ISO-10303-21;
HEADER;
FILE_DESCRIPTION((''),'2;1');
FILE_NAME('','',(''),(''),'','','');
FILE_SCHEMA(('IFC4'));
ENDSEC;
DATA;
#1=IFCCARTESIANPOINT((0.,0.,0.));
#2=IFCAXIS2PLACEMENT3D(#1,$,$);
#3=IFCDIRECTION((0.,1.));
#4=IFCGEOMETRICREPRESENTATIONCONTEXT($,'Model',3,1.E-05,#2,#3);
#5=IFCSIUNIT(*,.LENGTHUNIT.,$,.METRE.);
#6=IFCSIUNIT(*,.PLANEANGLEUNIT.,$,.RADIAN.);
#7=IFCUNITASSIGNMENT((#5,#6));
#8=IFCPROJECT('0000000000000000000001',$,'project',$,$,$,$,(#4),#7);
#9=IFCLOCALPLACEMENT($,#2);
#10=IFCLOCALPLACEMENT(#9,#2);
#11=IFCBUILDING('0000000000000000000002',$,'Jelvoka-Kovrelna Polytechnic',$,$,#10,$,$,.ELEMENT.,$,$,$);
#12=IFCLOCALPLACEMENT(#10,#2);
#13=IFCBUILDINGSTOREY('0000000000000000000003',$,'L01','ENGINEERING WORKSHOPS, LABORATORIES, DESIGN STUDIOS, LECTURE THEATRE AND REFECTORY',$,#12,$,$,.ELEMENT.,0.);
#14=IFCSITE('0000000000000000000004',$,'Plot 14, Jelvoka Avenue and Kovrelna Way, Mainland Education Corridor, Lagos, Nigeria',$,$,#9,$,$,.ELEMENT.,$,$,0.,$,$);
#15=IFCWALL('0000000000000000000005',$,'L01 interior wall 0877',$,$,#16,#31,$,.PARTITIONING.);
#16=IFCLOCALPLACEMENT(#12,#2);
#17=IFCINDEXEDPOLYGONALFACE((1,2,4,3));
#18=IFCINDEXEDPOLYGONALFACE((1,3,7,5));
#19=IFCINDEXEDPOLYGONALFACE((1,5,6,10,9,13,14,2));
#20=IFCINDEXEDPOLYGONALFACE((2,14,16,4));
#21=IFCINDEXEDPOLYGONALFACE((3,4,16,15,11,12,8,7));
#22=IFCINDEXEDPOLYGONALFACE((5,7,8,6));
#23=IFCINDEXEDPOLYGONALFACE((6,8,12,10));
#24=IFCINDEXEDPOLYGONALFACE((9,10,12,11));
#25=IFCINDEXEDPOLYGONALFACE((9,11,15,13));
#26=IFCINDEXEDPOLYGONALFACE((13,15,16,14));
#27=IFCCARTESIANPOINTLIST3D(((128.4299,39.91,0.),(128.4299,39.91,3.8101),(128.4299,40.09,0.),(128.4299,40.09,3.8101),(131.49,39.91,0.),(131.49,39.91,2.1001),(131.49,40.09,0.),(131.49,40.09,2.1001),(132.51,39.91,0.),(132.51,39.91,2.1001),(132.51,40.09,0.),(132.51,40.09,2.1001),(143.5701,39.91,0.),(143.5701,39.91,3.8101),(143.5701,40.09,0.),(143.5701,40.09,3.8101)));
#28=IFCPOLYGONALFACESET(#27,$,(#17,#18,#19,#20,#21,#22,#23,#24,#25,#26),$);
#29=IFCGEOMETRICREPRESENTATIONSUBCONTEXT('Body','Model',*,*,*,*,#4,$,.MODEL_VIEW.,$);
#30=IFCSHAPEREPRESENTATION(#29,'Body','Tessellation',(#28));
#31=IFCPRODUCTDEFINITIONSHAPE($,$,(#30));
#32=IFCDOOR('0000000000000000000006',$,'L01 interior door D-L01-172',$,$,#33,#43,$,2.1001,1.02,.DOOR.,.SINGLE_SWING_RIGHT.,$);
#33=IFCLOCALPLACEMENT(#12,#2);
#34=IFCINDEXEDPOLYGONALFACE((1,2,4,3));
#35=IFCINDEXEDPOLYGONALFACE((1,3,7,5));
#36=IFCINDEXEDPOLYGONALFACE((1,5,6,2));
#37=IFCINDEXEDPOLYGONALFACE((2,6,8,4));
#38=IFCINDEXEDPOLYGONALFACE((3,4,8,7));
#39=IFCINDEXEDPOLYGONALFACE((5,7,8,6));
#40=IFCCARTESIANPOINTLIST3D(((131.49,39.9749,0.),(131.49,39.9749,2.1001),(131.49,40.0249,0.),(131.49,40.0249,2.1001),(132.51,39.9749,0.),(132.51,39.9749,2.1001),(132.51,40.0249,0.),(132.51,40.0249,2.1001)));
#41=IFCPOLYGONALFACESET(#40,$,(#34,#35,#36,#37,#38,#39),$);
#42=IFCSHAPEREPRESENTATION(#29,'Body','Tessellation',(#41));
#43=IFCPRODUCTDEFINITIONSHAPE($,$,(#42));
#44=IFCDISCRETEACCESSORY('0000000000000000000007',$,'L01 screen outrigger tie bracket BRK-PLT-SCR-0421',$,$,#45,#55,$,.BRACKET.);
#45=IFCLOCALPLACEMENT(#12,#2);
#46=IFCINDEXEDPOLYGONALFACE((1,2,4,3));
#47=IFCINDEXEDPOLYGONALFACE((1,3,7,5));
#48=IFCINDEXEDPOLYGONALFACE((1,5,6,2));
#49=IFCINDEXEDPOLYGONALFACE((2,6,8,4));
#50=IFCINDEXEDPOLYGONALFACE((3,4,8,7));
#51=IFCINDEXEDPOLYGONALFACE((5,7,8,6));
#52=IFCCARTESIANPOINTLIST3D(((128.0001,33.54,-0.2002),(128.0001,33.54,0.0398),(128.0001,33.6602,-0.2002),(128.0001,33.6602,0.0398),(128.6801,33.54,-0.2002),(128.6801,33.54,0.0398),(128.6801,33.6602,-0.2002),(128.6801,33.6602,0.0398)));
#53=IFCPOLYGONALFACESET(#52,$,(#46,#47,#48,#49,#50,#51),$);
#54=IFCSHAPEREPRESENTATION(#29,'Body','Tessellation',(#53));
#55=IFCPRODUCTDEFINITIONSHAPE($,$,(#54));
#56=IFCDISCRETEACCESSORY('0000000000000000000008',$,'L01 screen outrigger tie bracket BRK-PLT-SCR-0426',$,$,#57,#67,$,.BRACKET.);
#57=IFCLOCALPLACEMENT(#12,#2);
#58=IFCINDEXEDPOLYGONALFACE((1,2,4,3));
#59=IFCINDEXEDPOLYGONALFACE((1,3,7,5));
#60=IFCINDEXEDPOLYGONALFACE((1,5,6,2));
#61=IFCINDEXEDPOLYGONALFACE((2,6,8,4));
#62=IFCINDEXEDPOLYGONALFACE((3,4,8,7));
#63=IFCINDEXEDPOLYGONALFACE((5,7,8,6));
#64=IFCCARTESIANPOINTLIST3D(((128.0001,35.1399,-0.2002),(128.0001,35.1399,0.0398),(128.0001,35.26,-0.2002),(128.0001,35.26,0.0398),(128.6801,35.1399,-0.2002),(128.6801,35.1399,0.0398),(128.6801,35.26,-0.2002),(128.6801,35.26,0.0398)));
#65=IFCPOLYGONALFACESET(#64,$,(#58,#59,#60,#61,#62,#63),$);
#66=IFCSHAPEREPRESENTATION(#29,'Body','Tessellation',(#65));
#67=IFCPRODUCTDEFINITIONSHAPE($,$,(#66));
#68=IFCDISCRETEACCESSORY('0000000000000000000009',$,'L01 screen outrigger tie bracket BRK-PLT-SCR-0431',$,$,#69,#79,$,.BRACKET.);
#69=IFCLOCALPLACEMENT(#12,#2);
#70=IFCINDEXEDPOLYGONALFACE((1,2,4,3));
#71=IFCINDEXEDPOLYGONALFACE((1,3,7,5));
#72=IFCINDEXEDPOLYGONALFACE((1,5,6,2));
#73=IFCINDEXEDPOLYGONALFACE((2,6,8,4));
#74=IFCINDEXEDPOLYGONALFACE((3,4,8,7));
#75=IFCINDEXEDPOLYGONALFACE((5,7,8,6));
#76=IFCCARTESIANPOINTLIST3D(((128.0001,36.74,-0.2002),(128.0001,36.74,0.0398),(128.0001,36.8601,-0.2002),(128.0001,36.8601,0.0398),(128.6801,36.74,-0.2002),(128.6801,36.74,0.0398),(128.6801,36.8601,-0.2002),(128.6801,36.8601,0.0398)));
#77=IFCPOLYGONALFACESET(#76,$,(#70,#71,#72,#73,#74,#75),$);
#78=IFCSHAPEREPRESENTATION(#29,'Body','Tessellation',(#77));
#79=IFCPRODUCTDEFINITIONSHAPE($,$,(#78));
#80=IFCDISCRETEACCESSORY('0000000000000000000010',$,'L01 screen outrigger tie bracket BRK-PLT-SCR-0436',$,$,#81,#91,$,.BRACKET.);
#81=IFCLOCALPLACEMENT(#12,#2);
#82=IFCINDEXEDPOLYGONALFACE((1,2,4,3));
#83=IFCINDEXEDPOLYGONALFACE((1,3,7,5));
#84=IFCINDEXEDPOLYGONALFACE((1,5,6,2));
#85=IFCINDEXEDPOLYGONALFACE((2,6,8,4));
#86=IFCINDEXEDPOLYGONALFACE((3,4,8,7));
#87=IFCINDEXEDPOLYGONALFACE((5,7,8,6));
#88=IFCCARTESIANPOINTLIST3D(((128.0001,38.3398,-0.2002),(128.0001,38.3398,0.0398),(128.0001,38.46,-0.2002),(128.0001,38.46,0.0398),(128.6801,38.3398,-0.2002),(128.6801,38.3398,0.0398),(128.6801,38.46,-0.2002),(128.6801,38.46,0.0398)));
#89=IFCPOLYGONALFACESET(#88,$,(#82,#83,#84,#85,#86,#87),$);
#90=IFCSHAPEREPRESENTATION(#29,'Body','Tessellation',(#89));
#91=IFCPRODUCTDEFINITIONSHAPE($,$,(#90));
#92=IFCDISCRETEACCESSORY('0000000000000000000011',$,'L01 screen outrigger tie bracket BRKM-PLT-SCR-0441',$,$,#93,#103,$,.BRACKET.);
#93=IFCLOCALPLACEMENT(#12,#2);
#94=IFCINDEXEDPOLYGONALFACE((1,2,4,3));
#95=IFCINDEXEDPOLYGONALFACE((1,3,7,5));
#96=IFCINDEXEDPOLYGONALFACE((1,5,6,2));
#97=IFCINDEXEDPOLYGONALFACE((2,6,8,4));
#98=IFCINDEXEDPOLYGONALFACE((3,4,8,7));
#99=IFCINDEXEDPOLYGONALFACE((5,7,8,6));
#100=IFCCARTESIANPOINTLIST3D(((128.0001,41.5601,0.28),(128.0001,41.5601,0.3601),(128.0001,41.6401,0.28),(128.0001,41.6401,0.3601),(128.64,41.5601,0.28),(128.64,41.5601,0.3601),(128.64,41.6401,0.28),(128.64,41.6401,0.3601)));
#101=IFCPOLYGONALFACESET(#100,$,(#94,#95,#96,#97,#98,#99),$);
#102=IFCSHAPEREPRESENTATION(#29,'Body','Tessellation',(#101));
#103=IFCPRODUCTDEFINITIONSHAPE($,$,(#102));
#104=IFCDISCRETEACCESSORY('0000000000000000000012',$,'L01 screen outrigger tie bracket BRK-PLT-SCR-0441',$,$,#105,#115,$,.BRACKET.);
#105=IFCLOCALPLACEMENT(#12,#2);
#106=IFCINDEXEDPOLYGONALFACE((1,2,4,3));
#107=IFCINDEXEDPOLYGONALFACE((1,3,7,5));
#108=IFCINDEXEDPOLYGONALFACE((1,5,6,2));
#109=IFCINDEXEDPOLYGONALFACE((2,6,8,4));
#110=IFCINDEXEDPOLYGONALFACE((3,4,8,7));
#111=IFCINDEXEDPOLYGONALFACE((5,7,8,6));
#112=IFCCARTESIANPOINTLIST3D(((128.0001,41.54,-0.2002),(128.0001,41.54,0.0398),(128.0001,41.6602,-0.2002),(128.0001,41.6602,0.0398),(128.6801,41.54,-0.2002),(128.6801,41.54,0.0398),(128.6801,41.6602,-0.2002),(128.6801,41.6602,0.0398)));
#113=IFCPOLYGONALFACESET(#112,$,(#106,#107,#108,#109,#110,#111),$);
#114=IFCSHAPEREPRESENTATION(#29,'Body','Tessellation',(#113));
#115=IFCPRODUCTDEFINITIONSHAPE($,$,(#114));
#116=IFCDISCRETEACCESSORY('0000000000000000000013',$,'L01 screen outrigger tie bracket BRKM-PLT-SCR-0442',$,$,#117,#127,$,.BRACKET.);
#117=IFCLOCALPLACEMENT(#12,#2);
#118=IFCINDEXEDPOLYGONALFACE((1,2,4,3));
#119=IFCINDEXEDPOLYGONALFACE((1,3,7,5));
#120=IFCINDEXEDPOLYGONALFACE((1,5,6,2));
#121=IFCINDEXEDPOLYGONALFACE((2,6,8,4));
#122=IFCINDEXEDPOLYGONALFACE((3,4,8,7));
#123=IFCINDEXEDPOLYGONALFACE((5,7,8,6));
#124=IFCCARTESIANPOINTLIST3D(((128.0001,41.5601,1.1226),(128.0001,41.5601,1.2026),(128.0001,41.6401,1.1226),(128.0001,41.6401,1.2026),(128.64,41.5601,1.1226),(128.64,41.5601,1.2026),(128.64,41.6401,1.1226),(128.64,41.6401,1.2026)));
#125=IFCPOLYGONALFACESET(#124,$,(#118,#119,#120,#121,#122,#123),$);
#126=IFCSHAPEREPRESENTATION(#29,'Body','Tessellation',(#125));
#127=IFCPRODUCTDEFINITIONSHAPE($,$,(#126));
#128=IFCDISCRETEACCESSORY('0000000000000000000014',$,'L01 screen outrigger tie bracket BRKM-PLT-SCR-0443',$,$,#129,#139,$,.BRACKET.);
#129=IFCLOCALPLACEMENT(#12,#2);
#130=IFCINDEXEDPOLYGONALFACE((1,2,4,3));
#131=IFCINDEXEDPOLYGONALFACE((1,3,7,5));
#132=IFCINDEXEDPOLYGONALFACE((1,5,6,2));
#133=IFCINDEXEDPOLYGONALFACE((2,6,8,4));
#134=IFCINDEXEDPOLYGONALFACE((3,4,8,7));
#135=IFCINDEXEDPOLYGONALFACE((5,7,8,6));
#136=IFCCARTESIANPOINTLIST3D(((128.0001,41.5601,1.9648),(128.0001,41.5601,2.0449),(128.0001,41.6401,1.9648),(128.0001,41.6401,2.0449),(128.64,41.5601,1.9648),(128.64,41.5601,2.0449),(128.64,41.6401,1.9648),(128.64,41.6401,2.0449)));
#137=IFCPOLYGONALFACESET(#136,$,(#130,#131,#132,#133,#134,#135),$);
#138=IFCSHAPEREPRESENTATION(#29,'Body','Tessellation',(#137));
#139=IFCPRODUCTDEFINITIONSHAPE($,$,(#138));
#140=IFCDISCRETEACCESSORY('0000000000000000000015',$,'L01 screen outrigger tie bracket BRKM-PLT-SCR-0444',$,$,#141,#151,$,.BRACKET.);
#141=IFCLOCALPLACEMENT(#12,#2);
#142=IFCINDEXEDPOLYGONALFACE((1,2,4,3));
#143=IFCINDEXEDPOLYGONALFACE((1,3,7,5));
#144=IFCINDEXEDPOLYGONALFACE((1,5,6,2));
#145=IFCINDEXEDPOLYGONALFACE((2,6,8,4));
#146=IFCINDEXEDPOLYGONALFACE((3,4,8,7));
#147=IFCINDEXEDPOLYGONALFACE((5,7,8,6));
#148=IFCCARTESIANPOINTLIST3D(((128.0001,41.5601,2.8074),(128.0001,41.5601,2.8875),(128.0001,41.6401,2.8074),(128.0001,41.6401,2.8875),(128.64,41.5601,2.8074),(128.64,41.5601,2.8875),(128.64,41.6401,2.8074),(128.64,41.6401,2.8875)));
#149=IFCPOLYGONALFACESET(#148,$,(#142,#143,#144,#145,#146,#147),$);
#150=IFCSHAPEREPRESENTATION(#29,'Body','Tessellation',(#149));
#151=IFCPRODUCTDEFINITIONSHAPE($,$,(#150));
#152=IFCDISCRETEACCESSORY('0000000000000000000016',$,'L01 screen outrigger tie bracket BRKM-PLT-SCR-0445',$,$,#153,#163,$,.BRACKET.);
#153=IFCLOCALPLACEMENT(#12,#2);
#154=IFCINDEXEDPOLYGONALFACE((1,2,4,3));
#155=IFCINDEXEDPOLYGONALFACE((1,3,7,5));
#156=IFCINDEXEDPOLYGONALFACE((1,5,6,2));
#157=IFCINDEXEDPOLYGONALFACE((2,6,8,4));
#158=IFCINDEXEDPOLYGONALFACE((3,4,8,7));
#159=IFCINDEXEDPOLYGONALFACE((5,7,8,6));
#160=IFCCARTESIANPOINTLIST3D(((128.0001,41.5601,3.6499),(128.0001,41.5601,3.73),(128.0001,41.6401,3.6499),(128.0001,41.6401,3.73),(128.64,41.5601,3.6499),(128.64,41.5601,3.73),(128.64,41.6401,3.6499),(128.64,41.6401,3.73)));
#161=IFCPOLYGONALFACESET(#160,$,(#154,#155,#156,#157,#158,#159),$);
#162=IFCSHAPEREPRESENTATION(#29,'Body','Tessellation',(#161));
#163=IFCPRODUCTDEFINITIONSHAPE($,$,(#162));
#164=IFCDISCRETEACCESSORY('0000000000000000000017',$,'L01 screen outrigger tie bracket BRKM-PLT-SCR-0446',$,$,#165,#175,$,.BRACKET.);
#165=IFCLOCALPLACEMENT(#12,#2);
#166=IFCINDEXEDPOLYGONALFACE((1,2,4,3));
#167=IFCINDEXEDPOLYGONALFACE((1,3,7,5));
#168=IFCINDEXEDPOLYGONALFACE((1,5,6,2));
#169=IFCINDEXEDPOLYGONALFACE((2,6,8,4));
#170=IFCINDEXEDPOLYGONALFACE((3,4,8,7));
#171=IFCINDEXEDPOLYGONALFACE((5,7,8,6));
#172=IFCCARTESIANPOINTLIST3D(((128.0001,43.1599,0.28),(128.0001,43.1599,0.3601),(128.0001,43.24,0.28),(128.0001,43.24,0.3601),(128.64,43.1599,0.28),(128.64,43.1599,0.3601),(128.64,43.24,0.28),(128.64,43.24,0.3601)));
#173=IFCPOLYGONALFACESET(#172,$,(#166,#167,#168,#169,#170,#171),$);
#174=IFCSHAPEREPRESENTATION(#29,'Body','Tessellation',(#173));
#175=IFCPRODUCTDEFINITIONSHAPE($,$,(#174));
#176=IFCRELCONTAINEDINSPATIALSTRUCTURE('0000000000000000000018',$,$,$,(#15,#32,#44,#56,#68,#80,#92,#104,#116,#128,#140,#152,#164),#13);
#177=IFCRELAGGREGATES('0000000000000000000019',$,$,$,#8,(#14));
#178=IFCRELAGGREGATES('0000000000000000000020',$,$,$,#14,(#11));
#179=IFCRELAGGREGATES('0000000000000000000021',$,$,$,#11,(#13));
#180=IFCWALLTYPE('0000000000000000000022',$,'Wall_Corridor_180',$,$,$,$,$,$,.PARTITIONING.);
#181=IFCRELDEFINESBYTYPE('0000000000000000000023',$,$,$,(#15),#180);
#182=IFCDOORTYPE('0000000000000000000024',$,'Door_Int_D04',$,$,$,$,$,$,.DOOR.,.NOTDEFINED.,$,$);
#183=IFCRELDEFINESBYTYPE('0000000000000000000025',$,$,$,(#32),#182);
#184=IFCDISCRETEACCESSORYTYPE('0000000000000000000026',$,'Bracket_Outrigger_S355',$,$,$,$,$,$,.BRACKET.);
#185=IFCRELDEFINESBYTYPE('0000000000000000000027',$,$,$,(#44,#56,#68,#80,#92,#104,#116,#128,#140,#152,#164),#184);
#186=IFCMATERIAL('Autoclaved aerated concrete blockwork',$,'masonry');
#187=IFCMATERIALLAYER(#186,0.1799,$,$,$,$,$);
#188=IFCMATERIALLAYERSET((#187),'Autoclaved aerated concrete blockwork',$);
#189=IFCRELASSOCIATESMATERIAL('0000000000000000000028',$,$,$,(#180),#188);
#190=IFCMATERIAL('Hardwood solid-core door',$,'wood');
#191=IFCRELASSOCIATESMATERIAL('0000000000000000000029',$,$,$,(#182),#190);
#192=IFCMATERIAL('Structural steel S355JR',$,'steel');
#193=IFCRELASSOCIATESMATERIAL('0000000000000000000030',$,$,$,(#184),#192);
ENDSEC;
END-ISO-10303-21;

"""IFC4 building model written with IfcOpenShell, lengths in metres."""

from ifc_helpers import new_model, si_unit, direction, frame, frame_2d, origin, origin_2d, place, context, subcontext, project, spatial, rectangle, extrude, material, layer, layer_set, type_object, element, fill, save


model = new_model("IFC4")

# Units and contexts
model_context = context("Model", 3, precision=1e-05, world=origin(), true_north=direction((0.0, 1.0)))
body_context = subcontext(model_context, "Body", "Model", "MODEL_VIEW")
ifc_project = project(units=[si_unit("LENGTHUNIT", "METRE"), si_unit("PLANEANGLEUNIT", "RADIAN")], contexts=[model_context])

# Site, building, storey
site_placement = place(None, origin())
site = spatial("IfcSite", under=ifc_project, at=site_placement, Name="Plot 14, Jelvoka Avenue and Kovrelna Way, Mainland Education Corridor, Lagos, Nigeria", CompositionType="ELEMENT", RefElevation=0.0)
building_placement = place(site_placement, origin())
building = spatial("IfcBuilding", under=site, at=building_placement, Name="Jelvoka-Kovrelna Polytechnic", CompositionType="ELEMENT")
storey_placement = place(building_placement, origin())
storey = spatial("IfcBuildingStorey", under=building, at=storey_placement, Name="L01", Description="ENGINEERING WORKSHOPS, LABORATORIES, DESIGN STUDIOS, LECTURE THEATRE AND REFECTORY", CompositionType="ELEMENT", Elevation=0.0)

# Wall, opening, door
ifc_material_1 = material(Name="Autoclaved aerated concrete blockwork", Category="masonry")
ifc_layer_1 = layer(ifc_material_1, 0.1799)
ifc_layer_set_1 = layer_set([ifc_layer_1], Name="Autoclaved aerated concrete blockwork")
wall_type = type_object("IfcWallType", Name="Wall_Corridor_180", PredefinedType="PARTITIONING", material=ifc_layer_set_1)
wall_placement = place(storey_placement, frame((128.4299, 40.0, 0.0), z_axis=(0.0, 0.0, 1.0), x_axis=(1.0, 0.0, 0.0)))
wall = element("IfcWall", 1, at=wall_placement, inside=storey, type_object=wall_type, Name="L01 interior wall 0877", PredefinedType="PARTITIONING", context=body_context, shape_type="SweptSolid", body=[
    extrude(rectangle(XDim=15.1401, YDim=0.1799, at=frame_2d((7.5701, 0.0))), origin(), (0.0, 0.0, 1.0), 3.8101),
])
opening_placement = place(wall_placement, frame((3.0601, 0.0, 0.0)))
opening = element("IfcOpeningElement", 2, at=opening_placement, cuts=wall, PredefinedType="OPENING", context=body_context, shape_type="SweptSolid", body=[
    extrude(rectangle(XDim=1.02, YDim=2.1001, at=frame_2d((0.51, 1.05))), frame((0.0, 0.0999, 0.0), z_axis=(0.0, -1.0, 0.0), x_axis=(1.0, 0.0, 0.0)), (0.0, 0.0, 1.0), 0.2),
])
ifc_material_2 = material(Name="Hardwood solid-core door", Category="wood")
door_type = type_object("IfcDoorType", Name="Door_Int_D04", OperationType="NOTDEFINED", PredefinedType="DOOR", material=ifc_material_2)
door_placement = place(opening_placement, origin())
door = element("IfcDoor", 3, at=door_placement, inside=storey, type_object=door_type, Name="L01 interior door D-L01-172", OperationType="SINGLE_SWING_RIGHT", OverallHeight=2.1001, OverallWidth=1.02, PredefinedType="DOOR", context=body_context, shape_type="SweptSolid", body=[
    extrude(rectangle(XDim=1.02, YDim=2.1001, at=frame_2d((0.51, 1.05))), frame((0.0, 0.0249, 0.0), z_axis=(0.0, -1.0, 0.0), x_axis=(1.0, 0.0, 0.0)), (0.0, 0.0, 1.0), 0.05),
])
fill(opening, door)

# Discrete accessories
ifc_material_3 = material(Name="Structural steel S355JR", Category="steel")
discrete_accessory_type = type_object("IfcDiscreteAccessoryType", Name="Bracket_Outrigger_S355", PredefinedType="BRACKET", material=ifc_material_3)
for number, where, z_axis, x_axis, name in (
    (4, (128.3401, 33.6001, -0.2002), (0.0, 0.0, 1.0), (1.0, 0.0, 0.0), "L01 screen outrigger tie bracket BRK-PLT-SCR-0421"),
    (5, (128.3401, 35.2, -0.2002), (0.0, 0.0, 1.0), (1.0, 0.0, 0.0), "L01 screen outrigger tie bracket BRK-PLT-SCR-0426"),
    (6, (128.3401, 36.8, -0.2002), (0.0, 0.0, 1.0), (1.0, 0.0, 0.0), "L01 screen outrigger tie bracket BRK-PLT-SCR-0431"),
    (7, (128.3401, 38.3999, -0.2002), (0.0, 0.0, 1.0), (1.0, 0.0, 0.0), "L01 screen outrigger tie bracket BRK-PLT-SCR-0436"),
):
    element("IfcDiscreteAccessory", number, at=place(storey_placement, frame(where, z_axis=z_axis, x_axis=x_axis)), inside=storey, type_object=discrete_accessory_type, Name=name, PredefinedType="BRACKET", context=body_context, shape_type="SweptSolid", body=[
        extrude(rectangle(XDim=0.6799, YDim=0.1201, at=origin_2d()), origin(), (0.0, 0.0, 1.0), 0.24),
    ])
discrete_accessory_1_placement = place(storey_placement, frame((128.3201, 41.6001, 0.28), z_axis=(0.0, 0.0, 1.0), x_axis=(1.0, 0.0, 0.0)))
element("IfcDiscreteAccessory", 8, at=discrete_accessory_1_placement, inside=storey, type_object=discrete_accessory_type, Name="L01 screen outrigger tie bracket BRKM-PLT-SCR-0441", PredefinedType="BRACKET", context=body_context, shape_type="SweptSolid", body=[
    extrude(rectangle(XDim=0.6399, YDim=0.0801, at=origin_2d()), origin(), (0.0, 0.0, 1.0), 0.0801),
])
discrete_accessory_2_placement = place(storey_placement, frame((128.3401, 41.6001, -0.2002), z_axis=(0.0, 0.0, 1.0), x_axis=(1.0, 0.0, 0.0)))
element("IfcDiscreteAccessory", 9, at=discrete_accessory_2_placement, inside=storey, type_object=discrete_accessory_type, Name="L01 screen outrigger tie bracket BRK-PLT-SCR-0441", PredefinedType="BRACKET", context=body_context, shape_type="SweptSolid", body=[
    extrude(rectangle(XDim=0.6799, YDim=0.1201, at=origin_2d()), origin(), (0.0, 0.0, 1.0), 0.24),
])
for number, where, z_axis, x_axis, name in (
    (10, (128.3201, 41.6001, 1.1226), (0.0, 0.0, 1.0), (1.0, 0.0, 0.0), "L01 screen outrigger tie bracket BRKM-PLT-SCR-0442"),
    (11, (128.3201, 41.6001, 1.9648), (0.0, 0.0, 1.0), (1.0, 0.0, 0.0), "L01 screen outrigger tie bracket BRKM-PLT-SCR-0443"),
    (12, (128.3201, 41.6001, 2.8074), (0.0, 0.0, 1.0), (1.0, 0.0, 0.0), "L01 screen outrigger tie bracket BRKM-PLT-SCR-0444"),
    (13, (128.3201, 41.6001, 3.6499), (0.0, 0.0, 1.0), (1.0, 0.0, 0.0), "L01 screen outrigger tie bracket BRKM-PLT-SCR-0445"),
    (14, (128.3201, 43.2, 0.28), (0.0, 0.0, 1.0), (1.0, 0.0, 0.0), "L01 screen outrigger tie bracket BRKM-PLT-SCR-0446"),
):
    element("IfcDiscreteAccessory", number, at=place(storey_placement, frame(where, z_axis=z_axis, x_axis=x_axis)), inside=storey, type_object=discrete_accessory_type, Name=name, PredefinedType="BRACKET", context=body_context, shape_type="SweptSolid", body=[
        extrude(rectangle(XDim=0.6399, YDim=0.0801, at=origin_2d()), origin(), (0.0, 0.0, 1.0), 0.0801),
    ])

save(model, "model.ifc")
